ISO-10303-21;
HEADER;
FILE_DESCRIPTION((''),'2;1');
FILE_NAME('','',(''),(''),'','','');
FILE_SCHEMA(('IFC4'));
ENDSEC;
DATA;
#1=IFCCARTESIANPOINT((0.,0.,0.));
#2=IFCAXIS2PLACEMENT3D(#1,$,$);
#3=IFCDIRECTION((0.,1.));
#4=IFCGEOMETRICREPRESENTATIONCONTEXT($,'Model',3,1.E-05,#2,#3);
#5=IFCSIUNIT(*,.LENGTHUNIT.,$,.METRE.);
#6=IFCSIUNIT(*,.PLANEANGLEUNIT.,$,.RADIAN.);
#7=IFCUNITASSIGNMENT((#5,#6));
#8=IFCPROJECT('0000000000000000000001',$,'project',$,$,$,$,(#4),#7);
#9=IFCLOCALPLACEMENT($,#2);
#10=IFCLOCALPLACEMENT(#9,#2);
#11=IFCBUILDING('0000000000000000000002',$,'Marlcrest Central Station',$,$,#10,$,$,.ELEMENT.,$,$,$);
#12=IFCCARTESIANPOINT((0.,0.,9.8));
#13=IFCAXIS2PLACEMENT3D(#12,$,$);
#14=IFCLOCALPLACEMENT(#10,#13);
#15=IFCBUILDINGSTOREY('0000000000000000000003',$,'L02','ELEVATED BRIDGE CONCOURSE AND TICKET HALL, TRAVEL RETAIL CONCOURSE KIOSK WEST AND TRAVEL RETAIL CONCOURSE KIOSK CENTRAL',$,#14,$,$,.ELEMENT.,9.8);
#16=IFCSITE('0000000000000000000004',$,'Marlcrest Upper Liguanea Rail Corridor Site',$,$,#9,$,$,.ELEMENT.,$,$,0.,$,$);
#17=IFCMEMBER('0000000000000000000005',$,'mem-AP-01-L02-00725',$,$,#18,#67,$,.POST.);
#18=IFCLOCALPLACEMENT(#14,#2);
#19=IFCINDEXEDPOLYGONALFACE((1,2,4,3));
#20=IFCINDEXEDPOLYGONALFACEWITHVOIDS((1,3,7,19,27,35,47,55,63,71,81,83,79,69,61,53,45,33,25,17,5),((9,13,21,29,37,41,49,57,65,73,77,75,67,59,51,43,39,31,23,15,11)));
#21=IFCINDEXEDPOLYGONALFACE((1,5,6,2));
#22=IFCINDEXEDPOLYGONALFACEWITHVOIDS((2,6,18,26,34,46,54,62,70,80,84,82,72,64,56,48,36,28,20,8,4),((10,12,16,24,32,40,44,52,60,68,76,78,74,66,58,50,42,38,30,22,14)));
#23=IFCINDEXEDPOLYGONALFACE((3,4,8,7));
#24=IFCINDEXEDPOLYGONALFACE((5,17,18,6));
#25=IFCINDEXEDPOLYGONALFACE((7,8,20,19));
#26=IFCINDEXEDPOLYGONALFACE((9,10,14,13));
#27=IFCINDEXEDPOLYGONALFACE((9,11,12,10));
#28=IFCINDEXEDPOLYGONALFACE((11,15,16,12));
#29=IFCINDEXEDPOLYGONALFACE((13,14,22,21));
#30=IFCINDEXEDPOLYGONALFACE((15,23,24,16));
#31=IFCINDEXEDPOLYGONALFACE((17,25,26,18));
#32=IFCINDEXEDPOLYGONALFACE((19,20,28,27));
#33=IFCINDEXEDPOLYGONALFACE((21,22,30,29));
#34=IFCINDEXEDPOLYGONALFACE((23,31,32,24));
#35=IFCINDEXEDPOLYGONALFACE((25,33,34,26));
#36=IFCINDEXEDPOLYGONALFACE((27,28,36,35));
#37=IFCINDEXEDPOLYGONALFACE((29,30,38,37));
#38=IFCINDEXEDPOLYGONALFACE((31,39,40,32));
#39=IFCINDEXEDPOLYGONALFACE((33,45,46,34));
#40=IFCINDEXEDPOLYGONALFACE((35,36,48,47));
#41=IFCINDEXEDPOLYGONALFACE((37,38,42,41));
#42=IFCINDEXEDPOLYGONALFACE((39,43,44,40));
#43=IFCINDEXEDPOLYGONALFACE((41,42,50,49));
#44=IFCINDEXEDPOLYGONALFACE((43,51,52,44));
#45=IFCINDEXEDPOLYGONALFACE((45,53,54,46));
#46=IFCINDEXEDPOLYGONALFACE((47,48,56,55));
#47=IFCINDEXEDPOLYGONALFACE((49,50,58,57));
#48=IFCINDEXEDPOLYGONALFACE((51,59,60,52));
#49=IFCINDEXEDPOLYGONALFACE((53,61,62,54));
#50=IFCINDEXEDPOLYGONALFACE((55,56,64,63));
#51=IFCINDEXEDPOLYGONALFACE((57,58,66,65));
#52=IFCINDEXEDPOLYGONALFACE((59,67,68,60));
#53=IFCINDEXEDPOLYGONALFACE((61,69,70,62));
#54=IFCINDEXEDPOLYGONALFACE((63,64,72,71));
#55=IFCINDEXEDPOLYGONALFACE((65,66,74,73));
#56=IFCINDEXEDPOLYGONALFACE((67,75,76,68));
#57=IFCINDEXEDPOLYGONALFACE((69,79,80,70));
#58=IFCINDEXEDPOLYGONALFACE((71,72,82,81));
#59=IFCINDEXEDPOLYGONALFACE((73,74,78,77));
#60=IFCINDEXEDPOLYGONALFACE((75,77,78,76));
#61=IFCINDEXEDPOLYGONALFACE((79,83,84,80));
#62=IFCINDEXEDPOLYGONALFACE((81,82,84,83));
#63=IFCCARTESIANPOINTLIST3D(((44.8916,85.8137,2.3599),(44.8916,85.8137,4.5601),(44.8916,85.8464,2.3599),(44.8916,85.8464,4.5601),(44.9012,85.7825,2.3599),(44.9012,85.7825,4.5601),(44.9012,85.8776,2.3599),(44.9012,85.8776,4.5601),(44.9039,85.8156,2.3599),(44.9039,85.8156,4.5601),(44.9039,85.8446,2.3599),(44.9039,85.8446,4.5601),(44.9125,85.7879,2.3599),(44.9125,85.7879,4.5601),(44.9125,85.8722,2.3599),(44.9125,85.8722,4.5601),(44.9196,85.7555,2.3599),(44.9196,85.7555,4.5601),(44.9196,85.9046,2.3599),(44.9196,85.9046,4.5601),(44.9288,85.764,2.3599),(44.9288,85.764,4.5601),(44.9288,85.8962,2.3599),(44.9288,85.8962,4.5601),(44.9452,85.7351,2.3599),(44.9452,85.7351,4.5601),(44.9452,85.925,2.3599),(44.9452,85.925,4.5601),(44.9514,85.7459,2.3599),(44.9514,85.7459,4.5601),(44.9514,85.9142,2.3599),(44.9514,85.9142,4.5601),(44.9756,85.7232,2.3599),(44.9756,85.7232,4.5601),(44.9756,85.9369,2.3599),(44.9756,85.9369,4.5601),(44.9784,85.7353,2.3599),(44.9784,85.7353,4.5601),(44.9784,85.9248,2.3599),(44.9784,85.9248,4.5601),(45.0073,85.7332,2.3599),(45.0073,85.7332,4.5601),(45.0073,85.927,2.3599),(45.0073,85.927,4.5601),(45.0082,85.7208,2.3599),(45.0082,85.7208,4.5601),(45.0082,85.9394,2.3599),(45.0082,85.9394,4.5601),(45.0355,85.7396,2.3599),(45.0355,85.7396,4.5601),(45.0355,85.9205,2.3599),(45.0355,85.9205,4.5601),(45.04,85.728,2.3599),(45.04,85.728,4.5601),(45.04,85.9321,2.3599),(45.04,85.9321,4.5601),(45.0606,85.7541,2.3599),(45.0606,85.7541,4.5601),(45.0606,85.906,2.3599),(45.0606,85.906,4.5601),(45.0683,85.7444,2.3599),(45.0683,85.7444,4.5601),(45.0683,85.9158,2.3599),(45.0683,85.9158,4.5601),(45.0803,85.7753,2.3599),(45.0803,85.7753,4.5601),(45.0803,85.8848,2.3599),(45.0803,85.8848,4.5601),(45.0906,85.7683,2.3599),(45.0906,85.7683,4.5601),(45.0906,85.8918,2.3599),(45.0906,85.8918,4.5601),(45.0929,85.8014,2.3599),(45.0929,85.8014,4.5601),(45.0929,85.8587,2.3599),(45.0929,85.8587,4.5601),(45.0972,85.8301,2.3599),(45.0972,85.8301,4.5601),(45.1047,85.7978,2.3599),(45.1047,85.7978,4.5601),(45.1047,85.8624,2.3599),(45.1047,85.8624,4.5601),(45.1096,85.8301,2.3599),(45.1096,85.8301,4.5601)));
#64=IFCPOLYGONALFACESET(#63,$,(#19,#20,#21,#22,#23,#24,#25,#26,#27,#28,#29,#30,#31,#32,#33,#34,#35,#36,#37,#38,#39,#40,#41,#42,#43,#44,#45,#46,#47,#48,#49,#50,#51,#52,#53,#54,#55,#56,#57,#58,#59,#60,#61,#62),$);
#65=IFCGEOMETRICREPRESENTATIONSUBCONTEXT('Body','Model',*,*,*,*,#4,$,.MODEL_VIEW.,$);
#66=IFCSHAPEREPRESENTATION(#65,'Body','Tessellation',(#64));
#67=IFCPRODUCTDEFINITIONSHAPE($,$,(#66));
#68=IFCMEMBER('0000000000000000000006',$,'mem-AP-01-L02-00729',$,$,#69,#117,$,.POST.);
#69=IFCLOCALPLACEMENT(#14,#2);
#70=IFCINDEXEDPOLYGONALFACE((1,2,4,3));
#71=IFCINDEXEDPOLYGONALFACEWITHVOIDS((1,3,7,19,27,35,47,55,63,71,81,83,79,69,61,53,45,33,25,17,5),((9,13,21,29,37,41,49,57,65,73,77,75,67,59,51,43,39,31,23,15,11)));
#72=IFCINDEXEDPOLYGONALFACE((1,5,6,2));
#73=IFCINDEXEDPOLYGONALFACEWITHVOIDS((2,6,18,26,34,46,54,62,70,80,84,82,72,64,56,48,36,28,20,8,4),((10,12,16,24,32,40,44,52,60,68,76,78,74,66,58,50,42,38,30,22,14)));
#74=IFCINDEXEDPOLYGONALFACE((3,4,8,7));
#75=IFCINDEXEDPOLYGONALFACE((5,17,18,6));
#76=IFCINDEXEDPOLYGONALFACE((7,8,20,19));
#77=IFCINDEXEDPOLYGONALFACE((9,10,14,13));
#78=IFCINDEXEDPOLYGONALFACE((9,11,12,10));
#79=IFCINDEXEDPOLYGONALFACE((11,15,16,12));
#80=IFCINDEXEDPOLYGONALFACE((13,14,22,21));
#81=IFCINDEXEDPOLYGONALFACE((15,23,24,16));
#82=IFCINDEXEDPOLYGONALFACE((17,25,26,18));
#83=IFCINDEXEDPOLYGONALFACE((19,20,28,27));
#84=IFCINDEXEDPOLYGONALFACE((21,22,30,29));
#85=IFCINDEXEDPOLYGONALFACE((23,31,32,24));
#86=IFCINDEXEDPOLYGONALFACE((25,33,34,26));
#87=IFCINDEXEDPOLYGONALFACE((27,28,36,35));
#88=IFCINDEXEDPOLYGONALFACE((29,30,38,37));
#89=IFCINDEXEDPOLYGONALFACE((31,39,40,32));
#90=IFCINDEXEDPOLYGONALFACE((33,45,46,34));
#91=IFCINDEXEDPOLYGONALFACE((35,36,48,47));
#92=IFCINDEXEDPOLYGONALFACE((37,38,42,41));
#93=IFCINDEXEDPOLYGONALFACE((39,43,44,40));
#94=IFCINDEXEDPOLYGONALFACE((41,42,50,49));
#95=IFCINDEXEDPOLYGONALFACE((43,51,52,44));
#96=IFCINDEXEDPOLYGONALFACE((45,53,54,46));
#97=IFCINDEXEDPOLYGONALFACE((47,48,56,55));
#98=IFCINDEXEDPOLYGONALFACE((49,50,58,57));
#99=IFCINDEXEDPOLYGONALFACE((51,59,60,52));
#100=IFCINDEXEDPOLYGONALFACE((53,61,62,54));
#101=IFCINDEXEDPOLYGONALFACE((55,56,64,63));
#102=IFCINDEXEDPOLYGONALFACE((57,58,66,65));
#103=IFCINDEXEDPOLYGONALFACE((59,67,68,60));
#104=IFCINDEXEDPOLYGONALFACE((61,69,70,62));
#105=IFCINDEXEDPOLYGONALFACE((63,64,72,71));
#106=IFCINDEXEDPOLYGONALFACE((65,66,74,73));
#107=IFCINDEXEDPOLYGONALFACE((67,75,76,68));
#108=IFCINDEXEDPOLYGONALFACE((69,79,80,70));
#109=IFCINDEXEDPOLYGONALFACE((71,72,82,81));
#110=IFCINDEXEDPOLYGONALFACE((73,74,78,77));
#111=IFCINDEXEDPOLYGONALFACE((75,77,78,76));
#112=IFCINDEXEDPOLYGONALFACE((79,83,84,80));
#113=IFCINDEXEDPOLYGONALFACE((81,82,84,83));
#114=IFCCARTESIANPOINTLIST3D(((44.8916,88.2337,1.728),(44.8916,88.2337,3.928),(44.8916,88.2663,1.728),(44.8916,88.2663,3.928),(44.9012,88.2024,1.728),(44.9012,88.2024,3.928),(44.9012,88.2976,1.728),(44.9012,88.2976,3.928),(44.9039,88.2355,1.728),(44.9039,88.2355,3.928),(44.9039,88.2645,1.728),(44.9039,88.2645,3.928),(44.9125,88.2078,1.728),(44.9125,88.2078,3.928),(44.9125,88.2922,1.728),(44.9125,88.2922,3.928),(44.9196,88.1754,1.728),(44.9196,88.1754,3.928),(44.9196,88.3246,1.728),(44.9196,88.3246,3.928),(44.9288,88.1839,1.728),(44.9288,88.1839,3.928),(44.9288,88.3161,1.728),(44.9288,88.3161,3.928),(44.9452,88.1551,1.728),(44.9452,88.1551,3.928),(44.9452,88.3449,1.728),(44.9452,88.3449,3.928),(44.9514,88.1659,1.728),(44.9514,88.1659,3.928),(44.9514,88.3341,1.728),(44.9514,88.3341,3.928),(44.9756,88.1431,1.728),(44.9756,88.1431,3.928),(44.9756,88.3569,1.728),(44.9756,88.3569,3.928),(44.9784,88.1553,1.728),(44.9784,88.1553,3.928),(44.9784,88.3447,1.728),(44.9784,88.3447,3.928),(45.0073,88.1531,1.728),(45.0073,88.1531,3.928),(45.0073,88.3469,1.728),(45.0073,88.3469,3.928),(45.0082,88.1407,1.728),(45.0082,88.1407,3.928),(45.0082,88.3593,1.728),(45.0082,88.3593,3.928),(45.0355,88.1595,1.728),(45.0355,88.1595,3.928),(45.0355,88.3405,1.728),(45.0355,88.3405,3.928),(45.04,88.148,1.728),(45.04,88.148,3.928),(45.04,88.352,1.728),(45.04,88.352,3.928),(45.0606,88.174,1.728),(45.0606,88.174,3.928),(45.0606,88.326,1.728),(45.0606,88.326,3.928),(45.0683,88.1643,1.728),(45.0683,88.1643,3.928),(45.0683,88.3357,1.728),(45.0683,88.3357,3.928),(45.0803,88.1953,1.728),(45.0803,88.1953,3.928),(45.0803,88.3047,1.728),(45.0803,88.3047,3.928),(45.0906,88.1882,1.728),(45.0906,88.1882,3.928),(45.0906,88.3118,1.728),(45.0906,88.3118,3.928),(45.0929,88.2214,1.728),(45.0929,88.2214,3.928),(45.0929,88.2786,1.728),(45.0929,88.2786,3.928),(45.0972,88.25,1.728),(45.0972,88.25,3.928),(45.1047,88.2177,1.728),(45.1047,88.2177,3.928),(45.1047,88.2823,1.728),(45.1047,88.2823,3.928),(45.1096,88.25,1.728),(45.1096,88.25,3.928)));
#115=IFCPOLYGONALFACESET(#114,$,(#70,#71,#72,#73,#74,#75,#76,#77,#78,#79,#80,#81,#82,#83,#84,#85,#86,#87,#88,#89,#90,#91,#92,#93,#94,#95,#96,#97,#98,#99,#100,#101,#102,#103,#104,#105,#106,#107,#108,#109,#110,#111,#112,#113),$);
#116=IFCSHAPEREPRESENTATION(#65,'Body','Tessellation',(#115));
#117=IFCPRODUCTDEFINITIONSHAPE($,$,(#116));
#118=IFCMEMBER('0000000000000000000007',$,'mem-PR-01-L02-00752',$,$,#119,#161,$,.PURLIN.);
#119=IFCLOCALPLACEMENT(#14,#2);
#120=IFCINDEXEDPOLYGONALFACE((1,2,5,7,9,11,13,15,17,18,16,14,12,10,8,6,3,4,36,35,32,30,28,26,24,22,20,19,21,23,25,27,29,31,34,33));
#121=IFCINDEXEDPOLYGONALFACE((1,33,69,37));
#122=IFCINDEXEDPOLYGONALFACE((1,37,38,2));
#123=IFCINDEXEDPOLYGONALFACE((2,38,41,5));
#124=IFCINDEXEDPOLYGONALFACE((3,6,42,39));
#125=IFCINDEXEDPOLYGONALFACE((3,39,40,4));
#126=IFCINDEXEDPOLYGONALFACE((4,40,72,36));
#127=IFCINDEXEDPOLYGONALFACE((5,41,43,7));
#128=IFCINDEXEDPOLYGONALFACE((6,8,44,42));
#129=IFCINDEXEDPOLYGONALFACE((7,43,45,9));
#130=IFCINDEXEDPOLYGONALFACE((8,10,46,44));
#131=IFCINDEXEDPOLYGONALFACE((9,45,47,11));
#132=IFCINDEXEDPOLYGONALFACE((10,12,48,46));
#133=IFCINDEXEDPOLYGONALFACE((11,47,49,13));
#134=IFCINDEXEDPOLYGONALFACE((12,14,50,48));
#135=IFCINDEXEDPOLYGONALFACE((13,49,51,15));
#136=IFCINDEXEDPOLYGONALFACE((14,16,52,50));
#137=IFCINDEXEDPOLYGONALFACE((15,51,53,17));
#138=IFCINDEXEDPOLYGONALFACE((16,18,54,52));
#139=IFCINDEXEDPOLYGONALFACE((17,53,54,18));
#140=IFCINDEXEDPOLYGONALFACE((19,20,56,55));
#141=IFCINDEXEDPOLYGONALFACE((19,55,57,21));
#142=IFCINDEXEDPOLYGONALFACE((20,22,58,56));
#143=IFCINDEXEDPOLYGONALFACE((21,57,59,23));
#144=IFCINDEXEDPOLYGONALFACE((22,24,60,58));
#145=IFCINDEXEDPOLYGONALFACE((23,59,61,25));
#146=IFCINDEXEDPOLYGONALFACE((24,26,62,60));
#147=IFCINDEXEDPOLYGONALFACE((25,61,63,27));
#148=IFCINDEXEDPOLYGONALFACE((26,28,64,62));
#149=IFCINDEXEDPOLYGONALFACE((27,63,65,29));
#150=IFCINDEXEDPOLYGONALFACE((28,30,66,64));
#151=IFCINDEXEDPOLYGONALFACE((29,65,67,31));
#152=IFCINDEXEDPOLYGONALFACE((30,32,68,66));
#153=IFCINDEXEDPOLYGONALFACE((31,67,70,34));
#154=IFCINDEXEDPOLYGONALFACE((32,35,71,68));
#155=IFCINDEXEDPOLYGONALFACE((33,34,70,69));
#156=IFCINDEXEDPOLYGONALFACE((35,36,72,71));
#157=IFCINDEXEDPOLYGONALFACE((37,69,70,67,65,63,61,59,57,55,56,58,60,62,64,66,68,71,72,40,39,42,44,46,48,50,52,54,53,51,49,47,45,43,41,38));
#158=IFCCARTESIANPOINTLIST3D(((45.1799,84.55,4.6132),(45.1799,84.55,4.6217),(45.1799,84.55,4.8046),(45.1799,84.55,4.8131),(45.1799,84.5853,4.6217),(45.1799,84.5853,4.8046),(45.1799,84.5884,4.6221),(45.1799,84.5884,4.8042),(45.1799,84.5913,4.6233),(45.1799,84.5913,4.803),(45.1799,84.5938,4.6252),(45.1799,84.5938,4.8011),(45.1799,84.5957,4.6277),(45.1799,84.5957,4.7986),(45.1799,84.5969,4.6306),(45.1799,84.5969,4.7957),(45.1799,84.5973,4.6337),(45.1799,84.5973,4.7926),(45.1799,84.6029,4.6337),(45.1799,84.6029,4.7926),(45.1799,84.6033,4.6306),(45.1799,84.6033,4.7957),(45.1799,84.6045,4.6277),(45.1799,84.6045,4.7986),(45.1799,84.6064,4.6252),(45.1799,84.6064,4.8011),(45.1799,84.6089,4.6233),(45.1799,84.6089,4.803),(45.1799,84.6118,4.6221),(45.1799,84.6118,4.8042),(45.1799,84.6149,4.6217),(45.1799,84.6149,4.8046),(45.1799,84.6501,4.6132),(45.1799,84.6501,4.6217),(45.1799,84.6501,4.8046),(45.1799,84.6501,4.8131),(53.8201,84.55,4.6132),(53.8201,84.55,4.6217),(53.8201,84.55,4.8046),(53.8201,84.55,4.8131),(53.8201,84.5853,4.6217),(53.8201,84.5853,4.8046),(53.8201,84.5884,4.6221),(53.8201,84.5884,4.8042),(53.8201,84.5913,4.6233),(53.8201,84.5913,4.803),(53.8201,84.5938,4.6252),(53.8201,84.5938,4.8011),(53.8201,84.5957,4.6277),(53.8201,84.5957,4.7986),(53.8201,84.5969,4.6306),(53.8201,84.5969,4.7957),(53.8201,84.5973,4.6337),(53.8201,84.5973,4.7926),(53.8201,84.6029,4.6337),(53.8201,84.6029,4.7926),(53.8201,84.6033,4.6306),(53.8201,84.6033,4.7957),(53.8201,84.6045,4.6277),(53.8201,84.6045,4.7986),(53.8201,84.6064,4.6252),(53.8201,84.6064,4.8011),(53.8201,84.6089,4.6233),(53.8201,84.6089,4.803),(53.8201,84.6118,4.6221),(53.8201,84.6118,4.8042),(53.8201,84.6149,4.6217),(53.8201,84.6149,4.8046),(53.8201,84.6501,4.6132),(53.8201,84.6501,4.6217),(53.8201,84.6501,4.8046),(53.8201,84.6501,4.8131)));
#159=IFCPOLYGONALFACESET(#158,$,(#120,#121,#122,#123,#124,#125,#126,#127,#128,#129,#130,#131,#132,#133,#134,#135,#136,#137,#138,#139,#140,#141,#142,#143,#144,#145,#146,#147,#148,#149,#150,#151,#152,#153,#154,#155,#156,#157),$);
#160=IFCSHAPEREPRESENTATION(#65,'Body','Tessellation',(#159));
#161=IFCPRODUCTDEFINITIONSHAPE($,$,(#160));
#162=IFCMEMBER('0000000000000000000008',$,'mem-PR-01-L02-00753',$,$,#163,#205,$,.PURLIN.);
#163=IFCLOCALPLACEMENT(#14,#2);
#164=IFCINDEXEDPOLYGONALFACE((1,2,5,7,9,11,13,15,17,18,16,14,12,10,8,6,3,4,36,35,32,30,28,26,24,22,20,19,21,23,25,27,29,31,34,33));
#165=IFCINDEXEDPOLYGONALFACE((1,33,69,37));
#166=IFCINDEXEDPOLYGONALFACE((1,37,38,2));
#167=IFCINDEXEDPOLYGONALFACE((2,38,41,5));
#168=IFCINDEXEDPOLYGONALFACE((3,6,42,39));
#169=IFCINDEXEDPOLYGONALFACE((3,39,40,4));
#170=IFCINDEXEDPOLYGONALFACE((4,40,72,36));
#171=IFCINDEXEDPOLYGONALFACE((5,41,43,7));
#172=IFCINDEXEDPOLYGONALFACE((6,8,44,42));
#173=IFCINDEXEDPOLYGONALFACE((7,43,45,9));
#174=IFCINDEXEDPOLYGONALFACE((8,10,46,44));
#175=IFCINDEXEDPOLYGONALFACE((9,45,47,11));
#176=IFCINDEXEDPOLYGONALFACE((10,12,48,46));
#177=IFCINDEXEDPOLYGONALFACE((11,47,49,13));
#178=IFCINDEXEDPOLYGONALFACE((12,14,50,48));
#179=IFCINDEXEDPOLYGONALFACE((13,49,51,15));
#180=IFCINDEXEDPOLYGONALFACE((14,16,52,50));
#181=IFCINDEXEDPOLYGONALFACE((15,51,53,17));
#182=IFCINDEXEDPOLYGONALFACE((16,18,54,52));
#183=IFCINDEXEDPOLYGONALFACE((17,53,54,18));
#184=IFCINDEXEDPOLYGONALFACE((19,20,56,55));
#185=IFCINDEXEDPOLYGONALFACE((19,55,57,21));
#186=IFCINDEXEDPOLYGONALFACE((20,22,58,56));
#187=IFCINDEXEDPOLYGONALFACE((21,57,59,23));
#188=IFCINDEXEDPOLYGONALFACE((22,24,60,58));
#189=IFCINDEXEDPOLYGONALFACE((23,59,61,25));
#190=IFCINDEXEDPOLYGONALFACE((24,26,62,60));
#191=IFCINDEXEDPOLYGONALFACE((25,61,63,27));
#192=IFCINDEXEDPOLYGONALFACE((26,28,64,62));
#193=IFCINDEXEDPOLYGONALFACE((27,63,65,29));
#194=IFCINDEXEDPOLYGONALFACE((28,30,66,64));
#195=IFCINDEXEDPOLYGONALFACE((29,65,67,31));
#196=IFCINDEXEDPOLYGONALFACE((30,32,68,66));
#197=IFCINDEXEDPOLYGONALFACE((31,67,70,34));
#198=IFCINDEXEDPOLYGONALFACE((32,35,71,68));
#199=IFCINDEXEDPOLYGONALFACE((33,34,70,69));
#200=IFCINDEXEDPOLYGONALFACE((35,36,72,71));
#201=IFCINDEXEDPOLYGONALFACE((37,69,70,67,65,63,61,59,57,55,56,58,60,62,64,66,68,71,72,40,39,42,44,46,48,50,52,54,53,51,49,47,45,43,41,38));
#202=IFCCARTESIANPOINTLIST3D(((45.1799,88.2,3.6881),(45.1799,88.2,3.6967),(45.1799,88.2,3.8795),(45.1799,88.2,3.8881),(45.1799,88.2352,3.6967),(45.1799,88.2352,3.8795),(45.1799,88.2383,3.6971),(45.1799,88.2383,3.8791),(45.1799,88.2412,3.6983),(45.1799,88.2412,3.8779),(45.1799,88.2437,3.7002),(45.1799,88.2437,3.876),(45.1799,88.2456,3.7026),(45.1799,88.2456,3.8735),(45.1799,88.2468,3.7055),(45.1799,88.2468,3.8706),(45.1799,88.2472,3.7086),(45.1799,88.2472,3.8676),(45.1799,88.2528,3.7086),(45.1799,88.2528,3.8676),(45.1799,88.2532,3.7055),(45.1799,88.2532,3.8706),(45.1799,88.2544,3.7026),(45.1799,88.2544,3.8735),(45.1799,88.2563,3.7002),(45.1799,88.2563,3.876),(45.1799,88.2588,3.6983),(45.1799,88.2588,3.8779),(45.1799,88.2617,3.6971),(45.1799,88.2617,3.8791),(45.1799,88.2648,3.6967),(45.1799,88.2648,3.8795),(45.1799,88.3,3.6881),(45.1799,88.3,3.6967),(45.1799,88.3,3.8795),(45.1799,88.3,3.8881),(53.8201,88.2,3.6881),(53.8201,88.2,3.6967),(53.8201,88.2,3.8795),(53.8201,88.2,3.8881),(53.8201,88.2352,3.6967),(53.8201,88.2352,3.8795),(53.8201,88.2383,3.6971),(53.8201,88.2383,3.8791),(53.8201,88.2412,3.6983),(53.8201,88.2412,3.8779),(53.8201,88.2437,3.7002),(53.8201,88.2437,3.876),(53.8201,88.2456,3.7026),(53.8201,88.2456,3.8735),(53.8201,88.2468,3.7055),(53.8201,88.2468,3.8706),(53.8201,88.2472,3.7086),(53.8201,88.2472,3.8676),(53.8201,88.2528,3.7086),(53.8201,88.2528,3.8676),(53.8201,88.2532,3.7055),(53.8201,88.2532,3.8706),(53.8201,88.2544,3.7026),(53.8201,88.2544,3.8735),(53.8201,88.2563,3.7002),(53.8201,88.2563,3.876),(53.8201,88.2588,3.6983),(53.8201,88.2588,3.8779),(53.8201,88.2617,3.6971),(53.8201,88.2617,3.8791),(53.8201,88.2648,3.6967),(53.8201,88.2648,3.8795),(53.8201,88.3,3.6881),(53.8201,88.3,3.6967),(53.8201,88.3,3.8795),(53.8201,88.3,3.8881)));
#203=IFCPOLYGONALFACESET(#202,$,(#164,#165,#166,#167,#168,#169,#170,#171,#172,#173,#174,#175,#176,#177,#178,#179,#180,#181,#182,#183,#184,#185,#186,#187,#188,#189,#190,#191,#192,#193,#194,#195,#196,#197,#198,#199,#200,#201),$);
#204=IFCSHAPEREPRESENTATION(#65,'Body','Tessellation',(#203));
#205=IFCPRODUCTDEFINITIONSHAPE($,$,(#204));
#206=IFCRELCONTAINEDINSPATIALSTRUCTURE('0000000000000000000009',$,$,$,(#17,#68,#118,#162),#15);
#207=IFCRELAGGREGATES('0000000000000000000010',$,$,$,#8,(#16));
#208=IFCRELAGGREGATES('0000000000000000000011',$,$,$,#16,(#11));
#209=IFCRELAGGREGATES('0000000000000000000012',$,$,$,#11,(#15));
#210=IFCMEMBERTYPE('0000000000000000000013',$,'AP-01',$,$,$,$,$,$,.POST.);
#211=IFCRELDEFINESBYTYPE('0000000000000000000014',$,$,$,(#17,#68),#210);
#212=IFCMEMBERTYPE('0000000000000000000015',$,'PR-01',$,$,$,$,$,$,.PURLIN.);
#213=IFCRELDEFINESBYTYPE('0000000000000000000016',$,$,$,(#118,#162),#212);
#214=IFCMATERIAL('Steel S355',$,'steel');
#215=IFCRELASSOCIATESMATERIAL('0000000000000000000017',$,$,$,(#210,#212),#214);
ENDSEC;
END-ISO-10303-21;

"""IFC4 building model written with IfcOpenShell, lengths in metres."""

from ifc_helpers import new_model, si_unit, direction, frame, origin, origin_2d, place, context, subcontext, project, spatial, hollow_circle, i_section, extrude, material, material_profile, profile_set, type_object, element, save


model = new_model("IFC4")

# Units and contexts
model_context = context("Model", 3, precision=1e-05, world=origin(), true_north=direction((0.0, 1.0)))
body_context = subcontext(model_context, "Body", "Model", "MODEL_VIEW")
ifc_project = project(units=[si_unit("LENGTHUNIT", "METRE"), si_unit("PLANEANGLEUNIT", "RADIAN")], contexts=[model_context])

# Site, building, storey
site_placement = place(None, origin())
site = spatial("IfcSite", under=ifc_project, at=site_placement, Name="Marlcrest Upper Liguanea Rail Corridor Site", CompositionType="ELEMENT", RefElevation=0.0)
building_placement = place(site_placement, origin())
building = spatial("IfcBuilding", under=site, at=building_placement, Name="Marlcrest Central Station", CompositionType="ELEMENT")
storey_placement = place(building_placement, frame((0.0, 0.0, 9.8)))
storey = spatial("IfcBuildingStorey", under=building, at=storey_placement, Name="L02", Description="ELEVATED BRIDGE CONCOURSE AND TICKET HALL, TRAVEL RETAIL CONCOURSE KIOSK WEST AND TRAVEL RETAIL CONCOURSE KIOSK CENTRAL", CompositionType="ELEMENT", Elevation=9.8)

# Members
ifc_material_1 = material(Name="Steel S355", Category="steel")
ifc_material_profile_1 = material_profile(ifc_material_1, hollow_circle(Radius=0.1096, WallThickness=0.0125, at=origin_2d()), Name="CHS 219.1x12.5")
ifc_profile_set_1 = profile_set([ifc_material_profile_1], Name="Steel S355")
member_type_1 = type_object("IfcMemberType", Name="AP-01", PredefinedType="POST", material=ifc_profile_set_1)
member_1_placement = place(storey_placement, frame((45.0, 85.8301, 2.3599), z_axis=(0.0, 0.0, 1.0), x_axis=(1.0, 0.0, 0.0)))
element("IfcMember", 1, at=member_1_placement, inside=storey, type_object=member_type_1, Name="mem-AP-01-L02-00725", PredefinedType="POST", context=body_context, shape_type="SweptSolid", body=[
    extrude(hollow_circle(Radius=0.1096, WallThickness=0.0125, at=origin_2d()), origin(), (0.0, 0.0, 1.0), 2.2002),
])
member_2_placement = place(storey_placement, frame((45.0, 88.25, 1.728), z_axis=(0.0, 0.0, 1.0), x_axis=(1.0, 0.0, 0.0)))
element("IfcMember", 2, at=member_2_placement, inside=storey, type_object=member_type_1, Name="mem-AP-01-L02-00729", PredefinedType="POST", context=body_context, shape_type="SweptSolid", body=[
    extrude(hollow_circle(Radius=0.1096, WallThickness=0.0125, at=origin_2d()), origin(), (0.0, 0.0, 1.0), 2.2),
])
ifc_material_profile_2 = material_profile(ifc_material_1, i_section(OverallWidth=0.1001, OverallDepth=0.2, WebThickness=0.0056, FlangeThickness=0.0085, FilletRadius=0.012, at=origin_2d()), Name="IPE 200")
ifc_profile_set_2 = profile_set([ifc_material_profile_2], Name="Steel S355")
member_type_2 = type_object("IfcMemberType", Name="PR-01", PredefinedType="PURLIN", material=ifc_profile_set_2)
for number, where, z_axis, x_axis, name in (
    (3, (45.1799, 84.6001, 4.7131), (1.0, 0.0, 0.0), (0.0, 1.0, 0.0), "mem-PR-01-L02-00752"),
    (4, (45.1799, 88.25, 3.7881), (1.0, 0.0, 0.0), (0.0, 1.0, 0.0), "mem-PR-01-L02-00753"),
):
    element("IfcMember", number, at=place(storey_placement, frame(where, z_axis=z_axis, x_axis=x_axis)), inside=storey, type_object=member_type_2, Name=name, PredefinedType="PURLIN", context=body_context, shape_type="SweptSolid", body=[
        extrude(i_section(OverallWidth=0.1001, OverallDepth=0.2, WebThickness=0.0056, FlangeThickness=0.0085, FilletRadius=0.012, at=origin_2d()), origin(), (0.0, 0.0, 1.0), 8.6401),
    ])

save(model, "model.ifc")
